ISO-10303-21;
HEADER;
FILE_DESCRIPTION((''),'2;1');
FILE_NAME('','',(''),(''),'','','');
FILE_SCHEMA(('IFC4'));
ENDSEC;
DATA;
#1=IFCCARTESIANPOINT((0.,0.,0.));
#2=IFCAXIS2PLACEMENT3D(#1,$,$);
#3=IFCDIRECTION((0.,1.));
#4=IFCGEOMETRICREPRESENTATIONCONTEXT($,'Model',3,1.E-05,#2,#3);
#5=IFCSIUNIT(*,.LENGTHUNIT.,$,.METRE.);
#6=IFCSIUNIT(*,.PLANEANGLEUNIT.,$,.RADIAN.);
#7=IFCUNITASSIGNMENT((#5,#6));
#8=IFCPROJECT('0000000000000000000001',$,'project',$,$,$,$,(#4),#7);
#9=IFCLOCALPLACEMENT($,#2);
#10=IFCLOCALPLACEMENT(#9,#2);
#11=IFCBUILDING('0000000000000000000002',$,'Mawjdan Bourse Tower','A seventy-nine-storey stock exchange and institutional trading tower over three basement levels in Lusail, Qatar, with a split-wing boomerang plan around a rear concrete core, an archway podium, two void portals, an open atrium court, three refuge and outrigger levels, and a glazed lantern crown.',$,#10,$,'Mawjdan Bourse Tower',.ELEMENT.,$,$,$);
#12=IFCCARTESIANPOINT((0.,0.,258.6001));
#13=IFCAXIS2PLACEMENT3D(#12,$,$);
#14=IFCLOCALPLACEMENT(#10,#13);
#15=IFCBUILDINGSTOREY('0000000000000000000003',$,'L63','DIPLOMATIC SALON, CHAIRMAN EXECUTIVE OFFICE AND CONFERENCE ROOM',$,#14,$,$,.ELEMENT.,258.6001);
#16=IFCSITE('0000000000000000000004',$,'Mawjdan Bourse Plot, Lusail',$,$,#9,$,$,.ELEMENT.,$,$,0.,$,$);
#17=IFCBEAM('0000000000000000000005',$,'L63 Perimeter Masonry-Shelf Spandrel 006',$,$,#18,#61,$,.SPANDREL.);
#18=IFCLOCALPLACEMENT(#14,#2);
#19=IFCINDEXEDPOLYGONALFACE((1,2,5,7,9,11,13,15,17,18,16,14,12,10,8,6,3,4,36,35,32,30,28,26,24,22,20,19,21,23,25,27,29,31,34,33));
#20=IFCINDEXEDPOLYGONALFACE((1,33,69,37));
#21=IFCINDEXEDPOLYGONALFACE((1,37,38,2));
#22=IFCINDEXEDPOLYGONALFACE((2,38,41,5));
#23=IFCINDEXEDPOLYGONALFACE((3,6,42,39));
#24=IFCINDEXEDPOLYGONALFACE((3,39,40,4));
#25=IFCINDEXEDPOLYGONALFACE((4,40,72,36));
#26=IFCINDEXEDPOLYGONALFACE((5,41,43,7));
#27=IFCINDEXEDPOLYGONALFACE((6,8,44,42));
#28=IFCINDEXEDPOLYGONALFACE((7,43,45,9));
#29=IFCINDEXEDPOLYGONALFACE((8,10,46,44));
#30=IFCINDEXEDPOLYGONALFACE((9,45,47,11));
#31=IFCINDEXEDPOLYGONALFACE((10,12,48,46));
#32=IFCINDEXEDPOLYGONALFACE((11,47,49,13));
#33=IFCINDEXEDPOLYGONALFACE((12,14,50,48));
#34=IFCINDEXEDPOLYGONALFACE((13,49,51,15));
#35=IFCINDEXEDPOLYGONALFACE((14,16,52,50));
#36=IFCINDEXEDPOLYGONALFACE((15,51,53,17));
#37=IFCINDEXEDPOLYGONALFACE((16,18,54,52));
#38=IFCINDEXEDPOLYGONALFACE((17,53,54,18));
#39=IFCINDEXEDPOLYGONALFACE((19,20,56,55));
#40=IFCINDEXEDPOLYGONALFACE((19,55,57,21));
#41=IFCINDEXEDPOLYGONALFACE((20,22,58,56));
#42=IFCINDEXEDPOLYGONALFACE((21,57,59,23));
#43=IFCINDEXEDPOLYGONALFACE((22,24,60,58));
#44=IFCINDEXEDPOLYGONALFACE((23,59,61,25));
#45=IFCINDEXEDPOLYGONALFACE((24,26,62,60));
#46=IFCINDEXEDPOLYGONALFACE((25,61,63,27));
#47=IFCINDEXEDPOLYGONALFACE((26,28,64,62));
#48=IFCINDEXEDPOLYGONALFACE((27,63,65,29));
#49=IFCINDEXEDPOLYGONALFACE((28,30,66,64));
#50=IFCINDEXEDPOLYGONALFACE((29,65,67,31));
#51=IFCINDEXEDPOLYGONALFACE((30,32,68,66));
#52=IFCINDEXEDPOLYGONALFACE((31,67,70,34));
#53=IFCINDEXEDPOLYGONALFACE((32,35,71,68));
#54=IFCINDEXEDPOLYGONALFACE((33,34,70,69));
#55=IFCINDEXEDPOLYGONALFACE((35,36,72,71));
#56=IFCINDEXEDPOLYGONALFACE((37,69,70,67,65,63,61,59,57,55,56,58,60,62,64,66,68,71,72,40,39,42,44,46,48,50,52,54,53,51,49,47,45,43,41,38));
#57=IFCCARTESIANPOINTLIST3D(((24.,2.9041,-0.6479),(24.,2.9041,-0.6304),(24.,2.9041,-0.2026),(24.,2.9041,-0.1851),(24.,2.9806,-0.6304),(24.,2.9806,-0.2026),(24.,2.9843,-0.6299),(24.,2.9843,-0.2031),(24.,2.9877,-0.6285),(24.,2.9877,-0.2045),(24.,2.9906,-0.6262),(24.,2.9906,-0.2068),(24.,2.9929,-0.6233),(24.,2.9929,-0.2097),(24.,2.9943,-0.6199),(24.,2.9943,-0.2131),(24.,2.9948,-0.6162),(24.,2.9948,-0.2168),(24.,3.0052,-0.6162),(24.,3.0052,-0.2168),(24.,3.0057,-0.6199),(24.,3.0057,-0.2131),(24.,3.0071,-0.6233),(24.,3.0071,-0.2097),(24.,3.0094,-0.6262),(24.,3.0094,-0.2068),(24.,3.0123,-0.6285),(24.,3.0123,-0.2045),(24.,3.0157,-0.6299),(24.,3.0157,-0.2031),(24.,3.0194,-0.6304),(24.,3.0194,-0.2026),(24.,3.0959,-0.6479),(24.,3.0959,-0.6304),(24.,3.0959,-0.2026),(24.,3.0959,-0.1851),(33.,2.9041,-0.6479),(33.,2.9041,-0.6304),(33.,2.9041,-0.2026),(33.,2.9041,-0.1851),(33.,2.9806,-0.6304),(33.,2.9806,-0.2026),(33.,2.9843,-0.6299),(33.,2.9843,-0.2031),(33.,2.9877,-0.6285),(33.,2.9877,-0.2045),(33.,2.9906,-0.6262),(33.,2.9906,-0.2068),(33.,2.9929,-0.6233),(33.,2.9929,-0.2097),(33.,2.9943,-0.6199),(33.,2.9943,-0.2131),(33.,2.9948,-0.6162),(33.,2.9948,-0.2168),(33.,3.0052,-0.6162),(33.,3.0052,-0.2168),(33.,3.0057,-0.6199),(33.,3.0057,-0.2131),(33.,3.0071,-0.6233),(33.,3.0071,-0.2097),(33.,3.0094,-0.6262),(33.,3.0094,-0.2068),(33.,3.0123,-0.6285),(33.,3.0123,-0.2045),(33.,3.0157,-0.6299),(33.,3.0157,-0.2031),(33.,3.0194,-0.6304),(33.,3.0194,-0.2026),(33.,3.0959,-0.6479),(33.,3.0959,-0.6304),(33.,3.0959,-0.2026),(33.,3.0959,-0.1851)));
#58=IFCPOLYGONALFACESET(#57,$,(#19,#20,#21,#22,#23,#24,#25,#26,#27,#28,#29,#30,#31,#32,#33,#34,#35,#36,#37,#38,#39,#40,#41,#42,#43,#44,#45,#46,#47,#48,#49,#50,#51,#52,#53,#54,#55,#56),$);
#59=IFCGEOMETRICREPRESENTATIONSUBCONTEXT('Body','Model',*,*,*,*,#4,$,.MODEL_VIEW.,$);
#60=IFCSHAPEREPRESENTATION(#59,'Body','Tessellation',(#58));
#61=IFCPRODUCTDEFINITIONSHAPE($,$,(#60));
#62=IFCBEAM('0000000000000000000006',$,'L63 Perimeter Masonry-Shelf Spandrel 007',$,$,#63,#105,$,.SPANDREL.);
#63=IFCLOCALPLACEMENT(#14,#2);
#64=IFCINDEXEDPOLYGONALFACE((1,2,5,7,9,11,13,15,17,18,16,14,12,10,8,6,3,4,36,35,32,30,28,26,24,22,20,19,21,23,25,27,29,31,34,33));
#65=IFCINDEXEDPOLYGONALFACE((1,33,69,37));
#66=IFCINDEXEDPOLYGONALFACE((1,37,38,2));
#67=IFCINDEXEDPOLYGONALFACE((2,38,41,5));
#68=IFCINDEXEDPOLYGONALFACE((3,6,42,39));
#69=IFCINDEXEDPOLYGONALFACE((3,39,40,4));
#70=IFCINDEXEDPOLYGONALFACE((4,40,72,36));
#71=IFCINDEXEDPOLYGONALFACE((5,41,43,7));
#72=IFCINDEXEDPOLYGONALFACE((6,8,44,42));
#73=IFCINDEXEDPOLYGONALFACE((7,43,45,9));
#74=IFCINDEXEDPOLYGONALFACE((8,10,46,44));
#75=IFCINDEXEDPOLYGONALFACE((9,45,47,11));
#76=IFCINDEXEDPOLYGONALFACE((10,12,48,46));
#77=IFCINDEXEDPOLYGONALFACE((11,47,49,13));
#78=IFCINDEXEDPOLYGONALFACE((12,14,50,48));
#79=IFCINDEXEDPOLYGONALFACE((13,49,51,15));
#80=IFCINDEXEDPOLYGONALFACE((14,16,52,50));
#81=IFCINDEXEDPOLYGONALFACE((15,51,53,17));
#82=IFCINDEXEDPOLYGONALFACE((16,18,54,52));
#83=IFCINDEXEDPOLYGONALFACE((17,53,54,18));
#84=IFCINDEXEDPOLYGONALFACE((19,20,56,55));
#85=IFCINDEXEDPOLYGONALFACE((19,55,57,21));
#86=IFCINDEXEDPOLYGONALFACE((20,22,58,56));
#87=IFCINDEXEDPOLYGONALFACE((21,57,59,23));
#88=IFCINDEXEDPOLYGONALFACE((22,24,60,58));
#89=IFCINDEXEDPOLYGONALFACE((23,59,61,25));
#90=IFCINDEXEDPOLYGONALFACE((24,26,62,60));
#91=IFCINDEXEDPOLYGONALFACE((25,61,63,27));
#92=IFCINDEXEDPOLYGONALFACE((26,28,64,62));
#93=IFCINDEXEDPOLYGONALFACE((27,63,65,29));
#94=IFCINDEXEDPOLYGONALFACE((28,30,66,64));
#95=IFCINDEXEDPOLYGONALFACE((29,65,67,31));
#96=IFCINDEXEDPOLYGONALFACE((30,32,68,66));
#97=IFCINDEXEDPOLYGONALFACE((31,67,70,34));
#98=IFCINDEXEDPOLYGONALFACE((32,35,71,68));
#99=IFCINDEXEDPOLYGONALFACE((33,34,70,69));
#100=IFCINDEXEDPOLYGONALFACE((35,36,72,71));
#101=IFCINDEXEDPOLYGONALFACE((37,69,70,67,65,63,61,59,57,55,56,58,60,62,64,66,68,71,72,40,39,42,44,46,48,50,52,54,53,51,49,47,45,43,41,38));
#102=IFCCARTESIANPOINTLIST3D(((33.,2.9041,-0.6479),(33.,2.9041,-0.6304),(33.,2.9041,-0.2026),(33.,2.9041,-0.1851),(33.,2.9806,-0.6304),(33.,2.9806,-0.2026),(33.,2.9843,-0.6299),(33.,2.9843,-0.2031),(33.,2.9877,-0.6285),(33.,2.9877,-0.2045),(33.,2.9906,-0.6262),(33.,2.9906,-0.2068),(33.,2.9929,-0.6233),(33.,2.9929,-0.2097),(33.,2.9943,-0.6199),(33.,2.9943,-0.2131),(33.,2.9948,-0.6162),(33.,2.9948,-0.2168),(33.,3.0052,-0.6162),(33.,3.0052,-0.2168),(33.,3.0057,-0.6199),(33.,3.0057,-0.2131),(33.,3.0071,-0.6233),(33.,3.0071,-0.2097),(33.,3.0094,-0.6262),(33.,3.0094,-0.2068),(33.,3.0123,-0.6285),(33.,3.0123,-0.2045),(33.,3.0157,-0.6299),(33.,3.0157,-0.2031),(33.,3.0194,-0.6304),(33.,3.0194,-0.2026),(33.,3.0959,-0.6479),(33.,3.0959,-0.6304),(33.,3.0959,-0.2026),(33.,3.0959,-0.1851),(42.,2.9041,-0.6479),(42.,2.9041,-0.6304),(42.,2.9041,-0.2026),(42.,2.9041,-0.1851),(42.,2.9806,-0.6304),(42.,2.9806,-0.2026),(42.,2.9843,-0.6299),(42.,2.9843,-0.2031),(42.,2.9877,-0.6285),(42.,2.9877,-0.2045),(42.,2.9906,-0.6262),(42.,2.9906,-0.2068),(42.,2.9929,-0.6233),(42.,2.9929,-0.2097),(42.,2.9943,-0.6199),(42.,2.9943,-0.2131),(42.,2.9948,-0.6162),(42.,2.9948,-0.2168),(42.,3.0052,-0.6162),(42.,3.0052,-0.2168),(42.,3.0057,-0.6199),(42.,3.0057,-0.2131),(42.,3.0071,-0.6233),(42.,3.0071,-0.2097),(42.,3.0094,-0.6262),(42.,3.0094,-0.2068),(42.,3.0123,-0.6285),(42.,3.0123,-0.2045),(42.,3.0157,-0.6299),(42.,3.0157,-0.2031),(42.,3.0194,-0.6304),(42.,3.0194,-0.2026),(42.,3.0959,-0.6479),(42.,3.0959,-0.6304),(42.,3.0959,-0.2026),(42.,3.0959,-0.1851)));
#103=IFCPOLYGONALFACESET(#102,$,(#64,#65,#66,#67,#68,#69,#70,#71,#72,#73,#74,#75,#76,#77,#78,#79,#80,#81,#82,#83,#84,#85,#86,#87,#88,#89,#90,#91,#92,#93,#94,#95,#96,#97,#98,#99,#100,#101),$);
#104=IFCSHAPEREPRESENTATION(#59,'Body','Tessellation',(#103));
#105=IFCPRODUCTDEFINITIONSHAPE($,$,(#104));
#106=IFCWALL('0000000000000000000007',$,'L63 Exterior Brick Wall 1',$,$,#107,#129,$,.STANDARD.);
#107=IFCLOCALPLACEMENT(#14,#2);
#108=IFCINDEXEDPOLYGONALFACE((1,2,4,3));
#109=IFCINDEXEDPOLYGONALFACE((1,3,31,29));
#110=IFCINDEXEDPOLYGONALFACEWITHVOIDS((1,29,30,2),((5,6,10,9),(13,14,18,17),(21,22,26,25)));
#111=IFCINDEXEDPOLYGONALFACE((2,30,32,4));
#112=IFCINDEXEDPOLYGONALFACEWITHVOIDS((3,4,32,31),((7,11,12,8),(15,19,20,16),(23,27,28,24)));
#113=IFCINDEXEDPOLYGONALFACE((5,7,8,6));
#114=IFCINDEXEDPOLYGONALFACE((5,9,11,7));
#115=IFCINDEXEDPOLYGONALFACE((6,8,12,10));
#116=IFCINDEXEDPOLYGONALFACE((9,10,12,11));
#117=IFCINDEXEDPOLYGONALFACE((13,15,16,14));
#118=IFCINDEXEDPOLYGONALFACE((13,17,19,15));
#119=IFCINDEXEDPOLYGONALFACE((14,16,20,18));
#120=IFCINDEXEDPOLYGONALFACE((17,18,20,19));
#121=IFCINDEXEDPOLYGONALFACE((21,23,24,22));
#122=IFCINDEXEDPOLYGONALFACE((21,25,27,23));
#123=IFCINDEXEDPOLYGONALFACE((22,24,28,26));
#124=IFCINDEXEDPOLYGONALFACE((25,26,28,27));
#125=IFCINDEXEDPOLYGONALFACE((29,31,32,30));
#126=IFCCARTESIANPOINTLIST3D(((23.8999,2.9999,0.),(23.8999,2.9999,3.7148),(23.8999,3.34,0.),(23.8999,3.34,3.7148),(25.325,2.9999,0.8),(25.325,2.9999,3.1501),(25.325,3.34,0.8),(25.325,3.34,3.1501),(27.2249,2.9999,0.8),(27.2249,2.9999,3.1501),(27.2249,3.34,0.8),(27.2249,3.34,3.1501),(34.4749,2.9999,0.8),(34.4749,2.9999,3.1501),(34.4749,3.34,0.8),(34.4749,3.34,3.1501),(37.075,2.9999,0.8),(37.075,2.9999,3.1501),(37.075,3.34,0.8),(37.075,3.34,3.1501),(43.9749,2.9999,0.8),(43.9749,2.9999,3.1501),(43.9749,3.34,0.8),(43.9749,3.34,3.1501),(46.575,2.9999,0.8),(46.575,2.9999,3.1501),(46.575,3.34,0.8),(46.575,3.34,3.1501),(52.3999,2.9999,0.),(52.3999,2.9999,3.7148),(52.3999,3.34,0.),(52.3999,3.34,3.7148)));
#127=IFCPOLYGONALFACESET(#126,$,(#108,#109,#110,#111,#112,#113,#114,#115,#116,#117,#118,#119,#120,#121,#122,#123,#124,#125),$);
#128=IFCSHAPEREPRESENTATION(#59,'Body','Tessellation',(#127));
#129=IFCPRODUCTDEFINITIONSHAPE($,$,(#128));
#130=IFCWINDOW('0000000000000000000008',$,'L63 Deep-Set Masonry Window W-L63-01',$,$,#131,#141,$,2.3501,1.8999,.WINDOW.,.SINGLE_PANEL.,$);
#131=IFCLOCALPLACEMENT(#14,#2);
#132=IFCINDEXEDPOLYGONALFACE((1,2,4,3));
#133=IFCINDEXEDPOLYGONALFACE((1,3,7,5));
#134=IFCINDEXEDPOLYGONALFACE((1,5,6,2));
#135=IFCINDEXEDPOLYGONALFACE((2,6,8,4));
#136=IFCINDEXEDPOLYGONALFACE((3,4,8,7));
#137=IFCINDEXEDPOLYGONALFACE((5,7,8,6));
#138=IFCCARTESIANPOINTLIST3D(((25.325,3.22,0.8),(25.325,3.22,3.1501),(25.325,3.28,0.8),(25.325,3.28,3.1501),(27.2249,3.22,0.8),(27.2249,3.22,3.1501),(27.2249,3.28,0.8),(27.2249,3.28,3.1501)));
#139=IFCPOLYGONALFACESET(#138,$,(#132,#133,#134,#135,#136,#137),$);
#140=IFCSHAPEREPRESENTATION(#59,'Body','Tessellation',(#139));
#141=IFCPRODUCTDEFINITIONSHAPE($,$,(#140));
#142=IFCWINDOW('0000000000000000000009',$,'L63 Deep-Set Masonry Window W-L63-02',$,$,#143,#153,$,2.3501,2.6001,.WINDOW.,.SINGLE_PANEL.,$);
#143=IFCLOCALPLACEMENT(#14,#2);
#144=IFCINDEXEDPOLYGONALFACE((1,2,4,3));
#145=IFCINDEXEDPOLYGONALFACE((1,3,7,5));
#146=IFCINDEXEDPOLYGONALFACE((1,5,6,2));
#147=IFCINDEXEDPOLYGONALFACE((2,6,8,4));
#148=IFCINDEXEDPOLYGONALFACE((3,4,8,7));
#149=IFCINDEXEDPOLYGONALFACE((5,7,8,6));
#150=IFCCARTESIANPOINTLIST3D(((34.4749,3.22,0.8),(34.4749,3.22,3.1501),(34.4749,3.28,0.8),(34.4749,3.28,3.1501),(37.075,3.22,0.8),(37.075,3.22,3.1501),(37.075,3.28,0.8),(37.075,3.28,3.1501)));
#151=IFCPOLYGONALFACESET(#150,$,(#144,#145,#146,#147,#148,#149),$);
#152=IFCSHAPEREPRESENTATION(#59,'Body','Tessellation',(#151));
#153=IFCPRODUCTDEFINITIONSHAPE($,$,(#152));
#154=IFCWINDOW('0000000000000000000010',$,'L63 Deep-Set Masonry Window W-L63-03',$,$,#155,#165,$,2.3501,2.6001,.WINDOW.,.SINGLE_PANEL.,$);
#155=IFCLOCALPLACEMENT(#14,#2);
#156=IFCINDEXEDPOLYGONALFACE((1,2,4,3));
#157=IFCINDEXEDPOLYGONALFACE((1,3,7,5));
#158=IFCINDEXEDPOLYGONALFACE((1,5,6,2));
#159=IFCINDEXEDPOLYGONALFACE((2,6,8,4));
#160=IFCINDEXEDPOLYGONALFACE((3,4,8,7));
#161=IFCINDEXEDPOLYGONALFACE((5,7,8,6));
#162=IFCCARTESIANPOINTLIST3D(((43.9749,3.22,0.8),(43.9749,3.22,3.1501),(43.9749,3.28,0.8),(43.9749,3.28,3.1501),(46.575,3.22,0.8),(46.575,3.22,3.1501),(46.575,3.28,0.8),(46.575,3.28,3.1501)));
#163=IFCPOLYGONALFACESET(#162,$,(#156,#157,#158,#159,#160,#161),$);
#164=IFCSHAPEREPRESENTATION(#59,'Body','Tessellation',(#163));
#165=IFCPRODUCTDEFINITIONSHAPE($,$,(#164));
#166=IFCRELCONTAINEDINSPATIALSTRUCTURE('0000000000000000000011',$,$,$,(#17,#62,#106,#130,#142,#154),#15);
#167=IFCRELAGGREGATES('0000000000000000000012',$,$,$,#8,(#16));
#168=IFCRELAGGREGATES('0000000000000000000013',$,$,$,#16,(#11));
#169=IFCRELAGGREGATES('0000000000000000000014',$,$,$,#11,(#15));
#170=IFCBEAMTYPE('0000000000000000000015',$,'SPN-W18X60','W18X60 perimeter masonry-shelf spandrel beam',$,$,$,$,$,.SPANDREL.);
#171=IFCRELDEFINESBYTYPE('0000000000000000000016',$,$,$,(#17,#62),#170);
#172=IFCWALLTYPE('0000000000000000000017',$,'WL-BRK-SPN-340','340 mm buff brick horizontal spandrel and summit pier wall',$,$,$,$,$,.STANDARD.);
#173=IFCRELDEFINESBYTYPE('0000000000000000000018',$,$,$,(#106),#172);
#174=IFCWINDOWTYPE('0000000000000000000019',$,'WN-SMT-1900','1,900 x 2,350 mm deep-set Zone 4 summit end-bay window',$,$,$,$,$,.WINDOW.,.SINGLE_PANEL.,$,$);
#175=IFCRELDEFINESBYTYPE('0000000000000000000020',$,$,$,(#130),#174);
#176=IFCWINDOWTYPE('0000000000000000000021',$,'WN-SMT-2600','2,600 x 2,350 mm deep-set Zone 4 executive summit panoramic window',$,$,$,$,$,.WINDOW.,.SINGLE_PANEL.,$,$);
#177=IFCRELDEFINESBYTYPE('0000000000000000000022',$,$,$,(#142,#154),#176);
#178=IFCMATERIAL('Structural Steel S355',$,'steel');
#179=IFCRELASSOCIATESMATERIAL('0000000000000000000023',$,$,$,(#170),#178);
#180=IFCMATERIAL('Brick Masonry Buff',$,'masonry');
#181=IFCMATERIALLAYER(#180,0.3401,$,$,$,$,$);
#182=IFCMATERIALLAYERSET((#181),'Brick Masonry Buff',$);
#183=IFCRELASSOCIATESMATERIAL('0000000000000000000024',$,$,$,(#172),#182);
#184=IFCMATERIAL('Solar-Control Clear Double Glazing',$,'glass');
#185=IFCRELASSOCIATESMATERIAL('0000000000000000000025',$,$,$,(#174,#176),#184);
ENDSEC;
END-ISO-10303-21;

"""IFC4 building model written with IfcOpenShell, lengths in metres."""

from ifc_helpers import new_model, si_unit, direction, frame, frame_2d, origin, origin_2d, place, context, subcontext, project, spatial, rectangle, i_section, extrude, material, layer, layer_set, material_profile, profile_set, type_object, element, fill, save


model = new_model("IFC4")

# Units and contexts
model_context = context("Model", 3, precision=1e-05, world=origin(), true_north=direction((0.0, 1.0)))
body_context = subcontext(model_context, "Body", "Model", "MODEL_VIEW")
ifc_project = project(units=[si_unit("LENGTHUNIT", "METRE"), si_unit("PLANEANGLEUNIT", "RADIAN")], contexts=[model_context])

# Site, building, storey
site_placement = place(None, origin())
site = spatial("IfcSite", under=ifc_project, at=site_placement, Name="Mawjdan Bourse Plot, Lusail", CompositionType="ELEMENT", RefElevation=0.0)
building_placement = place(site_placement, origin())
building = spatial("IfcBuilding", under=site, at=building_placement, Name="Mawjdan Bourse Tower", Description="A seventy-nine-storey stock exchange and institutional trading tower over three basement levels in Lusail, Qatar, with a split-wing boomerang plan around a rear concrete core, an archway podium, two void portals, an open atrium court, three refuge and outrigger levels, and a glazed lantern crown.", LongName="Mawjdan Bourse Tower", CompositionType="ELEMENT")
storey_placement = place(building_placement, frame((0.0, 0.0, 258.6001)))
storey = spatial("IfcBuildingStorey", under=building, at=storey_placement, Name="L63", Description="DIPLOMATIC SALON, CHAIRMAN EXECUTIVE OFFICE AND CONFERENCE ROOM", CompositionType="ELEMENT", Elevation=258.6001)

# Beams
ifc_material_1 = material(Name="Structural Steel S355", Category="steel")
ifc_material_profile_1 = material_profile(ifc_material_1, i_section(OverallWidth=0.1919, OverallDepth=0.4629, WebThickness=0.0105, FlangeThickness=0.0176, FilletRadius=0.0142, at=origin_2d()), Name="W18X60")
ifc_profile_set_1 = profile_set([ifc_material_profile_1], Name="Structural Steel S355")
beam_type_1 = type_object("IfcBeamType", Name="SPN-W18X60", Description="W18X60 perimeter masonry-shelf spandrel beam", PredefinedType="SPANDREL", material=ifc_profile_set_1)
for number, where, z_axis, x_axis, name in (
    (1, (24.0, 3.0, -0.4165), (1.0, 0.0, 0.0), (0.0, 1.0, 0.0), "L63 Perimeter Masonry-Shelf Spandrel 006"),
    (2, (33.0, 3.0, -0.4165), (1.0, 0.0, 0.0), (0.0, 1.0, 0.0), "L63 Perimeter Masonry-Shelf Spandrel 007"),
):
    element("IfcBeam", number, at=place(storey_placement, frame(where, z_axis=z_axis, x_axis=x_axis)), inside=storey, type_object=beam_type_1, Name=name, PredefinedType="SPANDREL", context=body_context, shape_type="SweptSolid", body=[
        extrude(i_section(OverallWidth=0.1919, OverallDepth=0.4629, WebThickness=0.0105, FlangeThickness=0.0176, FilletRadius=0.0142, at=origin_2d()), origin(), (0.0, 0.0, 1.0), 9.0),
    ])

# Wall, openings, windows
ifc_material_2 = material(Name="Brick Masonry Buff", Category="masonry")
ifc_layer_1 = layer(ifc_material_2, 0.3401)
ifc_layer_set_1 = layer_set([ifc_layer_1], Name="Brick Masonry Buff")
wall_type_1 = type_object("IfcWallType", Name="WL-BRK-SPN-340", Description="340 mm buff brick horizontal spandrel and summit pier wall", PredefinedType="STANDARD", material=ifc_layer_set_1)
wall_1_placement = place(storey_placement, frame((23.8999, 3.1699, 0.0), z_axis=(0.0, 0.0, 1.0), x_axis=(1.0, 0.0, 0.0)))
wall_1 = element("IfcWall", 3, at=wall_1_placement, inside=storey, type_object=wall_type_1, Name="L63 Exterior Brick Wall 1", PredefinedType="STANDARD", context=body_context, shape_type="SweptSolid", body=[
    extrude(rectangle(XDim=28.5, YDim=0.3401, at=frame_2d((14.25, 0.0))), origin(), (0.0, 0.0, 1.0), 3.7148),
])
opening_1_placement = place(wall_1_placement, frame((1.425, 0.0, 0.8)))
opening_1 = element("IfcOpeningElement", 4, at=opening_1_placement, cuts=wall_1, PredefinedType="OPENING", context=body_context, shape_type="SweptSolid", body=[
    extrude(rectangle(XDim=1.8999, YDim=2.3501, at=frame_2d((0.95, 1.175))), frame((0.0, 0.1802, 0.0), z_axis=(0.0, -1.0, 0.0), x_axis=(1.0, 0.0, 0.0)), (0.0, 0.0, 1.0), 0.3601),
])
opening_2_placement = place(wall_1_placement, frame((10.575, 0.0, 0.8)))
opening_2 = element("IfcOpeningElement", 5, at=opening_2_placement, cuts=wall_1, PredefinedType="OPENING", context=body_context, shape_type="SweptSolid", body=[
    extrude(rectangle(XDim=2.6001, YDim=2.3501, at=frame_2d((1.3, 1.175))), frame((0.0, 0.1802, 0.0), z_axis=(0.0, -1.0, 0.0), x_axis=(1.0, 0.0, 0.0)), (0.0, 0.0, 1.0), 0.3601),
])
opening_3_placement = place(wall_1_placement, frame((20.075, 0.0, 0.8)))
opening_3 = element("IfcOpeningElement", 6, at=opening_3_placement, cuts=wall_1, PredefinedType="OPENING", context=body_context, shape_type="SweptSolid", body=[
    extrude(rectangle(XDim=2.6001, YDim=2.3501, at=frame_2d((1.3, 1.175))), frame((0.0, 0.1802, 0.0), z_axis=(0.0, -1.0, 0.0), x_axis=(1.0, 0.0, 0.0)), (0.0, 0.0, 1.0), 0.3601),
])
ifc_material_3 = material(Name="Solar-Control Clear Double Glazing", Category="glass")
window_type_1 = type_object("IfcWindowType", Name="WN-SMT-1900", Description="1,900 x 2,350 mm deep-set Zone 4 summit end-bay window", PartitioningType="SINGLE_PANEL", PredefinedType="WINDOW", material=ifc_material_3)
window_1_placement = place(opening_1_placement, origin())
window_1 = element("IfcWindow", 7, at=window_1_placement, inside=storey, type_object=window_type_1, Name="L63 Deep-Set Masonry Window W-L63-01", OverallHeight=2.3501, OverallWidth=1.8999, PartitioningType="SINGLE_PANEL", PredefinedType="WINDOW", context=body_context, shape_type="SweptSolid", body=[
    extrude(rectangle(XDim=1.8999, YDim=2.3501, at=frame_2d((0.95, 1.175))), frame((0.0, 0.1101, 0.0), z_axis=(0.0, -1.0, 0.0), x_axis=(1.0, 0.0, 0.0)), (0.0, 0.0, 1.0), 0.0601),
])
fill(opening_1, window_1)
window_type_2 = type_object("IfcWindowType", Name="WN-SMT-2600", Description="2,600 x 2,350 mm deep-set Zone 4 executive summit panoramic window", PartitioningType="SINGLE_PANEL", PredefinedType="WINDOW", material=ifc_material_3)
window_2_placement = place(opening_2_placement, origin())
window_2 = element("IfcWindow", 8, at=window_2_placement, inside=storey, type_object=window_type_2, Name="L63 Deep-Set Masonry Window W-L63-02", OverallHeight=2.3501, OverallWidth=2.6001, PartitioningType="SINGLE_PANEL", PredefinedType="WINDOW", context=body_context, shape_type="SweptSolid", body=[
    extrude(rectangle(XDim=2.6001, YDim=2.3501, at=frame_2d((1.3, 1.175))), frame((0.0, 0.1101, 0.0), z_axis=(0.0, -1.0, 0.0), x_axis=(1.0, 0.0, 0.0)), (0.0, 0.0, 1.0), 0.0601),
])
fill(opening_2, window_2)
window_3_placement = place(opening_3_placement, origin())
window_3 = element("IfcWindow", 9, at=window_3_placement, inside=storey, type_object=window_type_2, Name="L63 Deep-Set Masonry Window W-L63-03", OverallHeight=2.3501, OverallWidth=2.6001, PartitioningType="SINGLE_PANEL", PredefinedType="WINDOW", context=body_context, shape_type="SweptSolid", body=[
    extrude(rectangle(XDim=2.6001, YDim=2.3501, at=frame_2d((1.3, 1.175))), frame((0.0, 0.1101, 0.0), z_axis=(0.0, -1.0, 0.0), x_axis=(1.0, 0.0, 0.0)), (0.0, 0.0, 1.0), 0.0601),
])
fill(opening_3, window_3)

save(model, "model.ifc")
